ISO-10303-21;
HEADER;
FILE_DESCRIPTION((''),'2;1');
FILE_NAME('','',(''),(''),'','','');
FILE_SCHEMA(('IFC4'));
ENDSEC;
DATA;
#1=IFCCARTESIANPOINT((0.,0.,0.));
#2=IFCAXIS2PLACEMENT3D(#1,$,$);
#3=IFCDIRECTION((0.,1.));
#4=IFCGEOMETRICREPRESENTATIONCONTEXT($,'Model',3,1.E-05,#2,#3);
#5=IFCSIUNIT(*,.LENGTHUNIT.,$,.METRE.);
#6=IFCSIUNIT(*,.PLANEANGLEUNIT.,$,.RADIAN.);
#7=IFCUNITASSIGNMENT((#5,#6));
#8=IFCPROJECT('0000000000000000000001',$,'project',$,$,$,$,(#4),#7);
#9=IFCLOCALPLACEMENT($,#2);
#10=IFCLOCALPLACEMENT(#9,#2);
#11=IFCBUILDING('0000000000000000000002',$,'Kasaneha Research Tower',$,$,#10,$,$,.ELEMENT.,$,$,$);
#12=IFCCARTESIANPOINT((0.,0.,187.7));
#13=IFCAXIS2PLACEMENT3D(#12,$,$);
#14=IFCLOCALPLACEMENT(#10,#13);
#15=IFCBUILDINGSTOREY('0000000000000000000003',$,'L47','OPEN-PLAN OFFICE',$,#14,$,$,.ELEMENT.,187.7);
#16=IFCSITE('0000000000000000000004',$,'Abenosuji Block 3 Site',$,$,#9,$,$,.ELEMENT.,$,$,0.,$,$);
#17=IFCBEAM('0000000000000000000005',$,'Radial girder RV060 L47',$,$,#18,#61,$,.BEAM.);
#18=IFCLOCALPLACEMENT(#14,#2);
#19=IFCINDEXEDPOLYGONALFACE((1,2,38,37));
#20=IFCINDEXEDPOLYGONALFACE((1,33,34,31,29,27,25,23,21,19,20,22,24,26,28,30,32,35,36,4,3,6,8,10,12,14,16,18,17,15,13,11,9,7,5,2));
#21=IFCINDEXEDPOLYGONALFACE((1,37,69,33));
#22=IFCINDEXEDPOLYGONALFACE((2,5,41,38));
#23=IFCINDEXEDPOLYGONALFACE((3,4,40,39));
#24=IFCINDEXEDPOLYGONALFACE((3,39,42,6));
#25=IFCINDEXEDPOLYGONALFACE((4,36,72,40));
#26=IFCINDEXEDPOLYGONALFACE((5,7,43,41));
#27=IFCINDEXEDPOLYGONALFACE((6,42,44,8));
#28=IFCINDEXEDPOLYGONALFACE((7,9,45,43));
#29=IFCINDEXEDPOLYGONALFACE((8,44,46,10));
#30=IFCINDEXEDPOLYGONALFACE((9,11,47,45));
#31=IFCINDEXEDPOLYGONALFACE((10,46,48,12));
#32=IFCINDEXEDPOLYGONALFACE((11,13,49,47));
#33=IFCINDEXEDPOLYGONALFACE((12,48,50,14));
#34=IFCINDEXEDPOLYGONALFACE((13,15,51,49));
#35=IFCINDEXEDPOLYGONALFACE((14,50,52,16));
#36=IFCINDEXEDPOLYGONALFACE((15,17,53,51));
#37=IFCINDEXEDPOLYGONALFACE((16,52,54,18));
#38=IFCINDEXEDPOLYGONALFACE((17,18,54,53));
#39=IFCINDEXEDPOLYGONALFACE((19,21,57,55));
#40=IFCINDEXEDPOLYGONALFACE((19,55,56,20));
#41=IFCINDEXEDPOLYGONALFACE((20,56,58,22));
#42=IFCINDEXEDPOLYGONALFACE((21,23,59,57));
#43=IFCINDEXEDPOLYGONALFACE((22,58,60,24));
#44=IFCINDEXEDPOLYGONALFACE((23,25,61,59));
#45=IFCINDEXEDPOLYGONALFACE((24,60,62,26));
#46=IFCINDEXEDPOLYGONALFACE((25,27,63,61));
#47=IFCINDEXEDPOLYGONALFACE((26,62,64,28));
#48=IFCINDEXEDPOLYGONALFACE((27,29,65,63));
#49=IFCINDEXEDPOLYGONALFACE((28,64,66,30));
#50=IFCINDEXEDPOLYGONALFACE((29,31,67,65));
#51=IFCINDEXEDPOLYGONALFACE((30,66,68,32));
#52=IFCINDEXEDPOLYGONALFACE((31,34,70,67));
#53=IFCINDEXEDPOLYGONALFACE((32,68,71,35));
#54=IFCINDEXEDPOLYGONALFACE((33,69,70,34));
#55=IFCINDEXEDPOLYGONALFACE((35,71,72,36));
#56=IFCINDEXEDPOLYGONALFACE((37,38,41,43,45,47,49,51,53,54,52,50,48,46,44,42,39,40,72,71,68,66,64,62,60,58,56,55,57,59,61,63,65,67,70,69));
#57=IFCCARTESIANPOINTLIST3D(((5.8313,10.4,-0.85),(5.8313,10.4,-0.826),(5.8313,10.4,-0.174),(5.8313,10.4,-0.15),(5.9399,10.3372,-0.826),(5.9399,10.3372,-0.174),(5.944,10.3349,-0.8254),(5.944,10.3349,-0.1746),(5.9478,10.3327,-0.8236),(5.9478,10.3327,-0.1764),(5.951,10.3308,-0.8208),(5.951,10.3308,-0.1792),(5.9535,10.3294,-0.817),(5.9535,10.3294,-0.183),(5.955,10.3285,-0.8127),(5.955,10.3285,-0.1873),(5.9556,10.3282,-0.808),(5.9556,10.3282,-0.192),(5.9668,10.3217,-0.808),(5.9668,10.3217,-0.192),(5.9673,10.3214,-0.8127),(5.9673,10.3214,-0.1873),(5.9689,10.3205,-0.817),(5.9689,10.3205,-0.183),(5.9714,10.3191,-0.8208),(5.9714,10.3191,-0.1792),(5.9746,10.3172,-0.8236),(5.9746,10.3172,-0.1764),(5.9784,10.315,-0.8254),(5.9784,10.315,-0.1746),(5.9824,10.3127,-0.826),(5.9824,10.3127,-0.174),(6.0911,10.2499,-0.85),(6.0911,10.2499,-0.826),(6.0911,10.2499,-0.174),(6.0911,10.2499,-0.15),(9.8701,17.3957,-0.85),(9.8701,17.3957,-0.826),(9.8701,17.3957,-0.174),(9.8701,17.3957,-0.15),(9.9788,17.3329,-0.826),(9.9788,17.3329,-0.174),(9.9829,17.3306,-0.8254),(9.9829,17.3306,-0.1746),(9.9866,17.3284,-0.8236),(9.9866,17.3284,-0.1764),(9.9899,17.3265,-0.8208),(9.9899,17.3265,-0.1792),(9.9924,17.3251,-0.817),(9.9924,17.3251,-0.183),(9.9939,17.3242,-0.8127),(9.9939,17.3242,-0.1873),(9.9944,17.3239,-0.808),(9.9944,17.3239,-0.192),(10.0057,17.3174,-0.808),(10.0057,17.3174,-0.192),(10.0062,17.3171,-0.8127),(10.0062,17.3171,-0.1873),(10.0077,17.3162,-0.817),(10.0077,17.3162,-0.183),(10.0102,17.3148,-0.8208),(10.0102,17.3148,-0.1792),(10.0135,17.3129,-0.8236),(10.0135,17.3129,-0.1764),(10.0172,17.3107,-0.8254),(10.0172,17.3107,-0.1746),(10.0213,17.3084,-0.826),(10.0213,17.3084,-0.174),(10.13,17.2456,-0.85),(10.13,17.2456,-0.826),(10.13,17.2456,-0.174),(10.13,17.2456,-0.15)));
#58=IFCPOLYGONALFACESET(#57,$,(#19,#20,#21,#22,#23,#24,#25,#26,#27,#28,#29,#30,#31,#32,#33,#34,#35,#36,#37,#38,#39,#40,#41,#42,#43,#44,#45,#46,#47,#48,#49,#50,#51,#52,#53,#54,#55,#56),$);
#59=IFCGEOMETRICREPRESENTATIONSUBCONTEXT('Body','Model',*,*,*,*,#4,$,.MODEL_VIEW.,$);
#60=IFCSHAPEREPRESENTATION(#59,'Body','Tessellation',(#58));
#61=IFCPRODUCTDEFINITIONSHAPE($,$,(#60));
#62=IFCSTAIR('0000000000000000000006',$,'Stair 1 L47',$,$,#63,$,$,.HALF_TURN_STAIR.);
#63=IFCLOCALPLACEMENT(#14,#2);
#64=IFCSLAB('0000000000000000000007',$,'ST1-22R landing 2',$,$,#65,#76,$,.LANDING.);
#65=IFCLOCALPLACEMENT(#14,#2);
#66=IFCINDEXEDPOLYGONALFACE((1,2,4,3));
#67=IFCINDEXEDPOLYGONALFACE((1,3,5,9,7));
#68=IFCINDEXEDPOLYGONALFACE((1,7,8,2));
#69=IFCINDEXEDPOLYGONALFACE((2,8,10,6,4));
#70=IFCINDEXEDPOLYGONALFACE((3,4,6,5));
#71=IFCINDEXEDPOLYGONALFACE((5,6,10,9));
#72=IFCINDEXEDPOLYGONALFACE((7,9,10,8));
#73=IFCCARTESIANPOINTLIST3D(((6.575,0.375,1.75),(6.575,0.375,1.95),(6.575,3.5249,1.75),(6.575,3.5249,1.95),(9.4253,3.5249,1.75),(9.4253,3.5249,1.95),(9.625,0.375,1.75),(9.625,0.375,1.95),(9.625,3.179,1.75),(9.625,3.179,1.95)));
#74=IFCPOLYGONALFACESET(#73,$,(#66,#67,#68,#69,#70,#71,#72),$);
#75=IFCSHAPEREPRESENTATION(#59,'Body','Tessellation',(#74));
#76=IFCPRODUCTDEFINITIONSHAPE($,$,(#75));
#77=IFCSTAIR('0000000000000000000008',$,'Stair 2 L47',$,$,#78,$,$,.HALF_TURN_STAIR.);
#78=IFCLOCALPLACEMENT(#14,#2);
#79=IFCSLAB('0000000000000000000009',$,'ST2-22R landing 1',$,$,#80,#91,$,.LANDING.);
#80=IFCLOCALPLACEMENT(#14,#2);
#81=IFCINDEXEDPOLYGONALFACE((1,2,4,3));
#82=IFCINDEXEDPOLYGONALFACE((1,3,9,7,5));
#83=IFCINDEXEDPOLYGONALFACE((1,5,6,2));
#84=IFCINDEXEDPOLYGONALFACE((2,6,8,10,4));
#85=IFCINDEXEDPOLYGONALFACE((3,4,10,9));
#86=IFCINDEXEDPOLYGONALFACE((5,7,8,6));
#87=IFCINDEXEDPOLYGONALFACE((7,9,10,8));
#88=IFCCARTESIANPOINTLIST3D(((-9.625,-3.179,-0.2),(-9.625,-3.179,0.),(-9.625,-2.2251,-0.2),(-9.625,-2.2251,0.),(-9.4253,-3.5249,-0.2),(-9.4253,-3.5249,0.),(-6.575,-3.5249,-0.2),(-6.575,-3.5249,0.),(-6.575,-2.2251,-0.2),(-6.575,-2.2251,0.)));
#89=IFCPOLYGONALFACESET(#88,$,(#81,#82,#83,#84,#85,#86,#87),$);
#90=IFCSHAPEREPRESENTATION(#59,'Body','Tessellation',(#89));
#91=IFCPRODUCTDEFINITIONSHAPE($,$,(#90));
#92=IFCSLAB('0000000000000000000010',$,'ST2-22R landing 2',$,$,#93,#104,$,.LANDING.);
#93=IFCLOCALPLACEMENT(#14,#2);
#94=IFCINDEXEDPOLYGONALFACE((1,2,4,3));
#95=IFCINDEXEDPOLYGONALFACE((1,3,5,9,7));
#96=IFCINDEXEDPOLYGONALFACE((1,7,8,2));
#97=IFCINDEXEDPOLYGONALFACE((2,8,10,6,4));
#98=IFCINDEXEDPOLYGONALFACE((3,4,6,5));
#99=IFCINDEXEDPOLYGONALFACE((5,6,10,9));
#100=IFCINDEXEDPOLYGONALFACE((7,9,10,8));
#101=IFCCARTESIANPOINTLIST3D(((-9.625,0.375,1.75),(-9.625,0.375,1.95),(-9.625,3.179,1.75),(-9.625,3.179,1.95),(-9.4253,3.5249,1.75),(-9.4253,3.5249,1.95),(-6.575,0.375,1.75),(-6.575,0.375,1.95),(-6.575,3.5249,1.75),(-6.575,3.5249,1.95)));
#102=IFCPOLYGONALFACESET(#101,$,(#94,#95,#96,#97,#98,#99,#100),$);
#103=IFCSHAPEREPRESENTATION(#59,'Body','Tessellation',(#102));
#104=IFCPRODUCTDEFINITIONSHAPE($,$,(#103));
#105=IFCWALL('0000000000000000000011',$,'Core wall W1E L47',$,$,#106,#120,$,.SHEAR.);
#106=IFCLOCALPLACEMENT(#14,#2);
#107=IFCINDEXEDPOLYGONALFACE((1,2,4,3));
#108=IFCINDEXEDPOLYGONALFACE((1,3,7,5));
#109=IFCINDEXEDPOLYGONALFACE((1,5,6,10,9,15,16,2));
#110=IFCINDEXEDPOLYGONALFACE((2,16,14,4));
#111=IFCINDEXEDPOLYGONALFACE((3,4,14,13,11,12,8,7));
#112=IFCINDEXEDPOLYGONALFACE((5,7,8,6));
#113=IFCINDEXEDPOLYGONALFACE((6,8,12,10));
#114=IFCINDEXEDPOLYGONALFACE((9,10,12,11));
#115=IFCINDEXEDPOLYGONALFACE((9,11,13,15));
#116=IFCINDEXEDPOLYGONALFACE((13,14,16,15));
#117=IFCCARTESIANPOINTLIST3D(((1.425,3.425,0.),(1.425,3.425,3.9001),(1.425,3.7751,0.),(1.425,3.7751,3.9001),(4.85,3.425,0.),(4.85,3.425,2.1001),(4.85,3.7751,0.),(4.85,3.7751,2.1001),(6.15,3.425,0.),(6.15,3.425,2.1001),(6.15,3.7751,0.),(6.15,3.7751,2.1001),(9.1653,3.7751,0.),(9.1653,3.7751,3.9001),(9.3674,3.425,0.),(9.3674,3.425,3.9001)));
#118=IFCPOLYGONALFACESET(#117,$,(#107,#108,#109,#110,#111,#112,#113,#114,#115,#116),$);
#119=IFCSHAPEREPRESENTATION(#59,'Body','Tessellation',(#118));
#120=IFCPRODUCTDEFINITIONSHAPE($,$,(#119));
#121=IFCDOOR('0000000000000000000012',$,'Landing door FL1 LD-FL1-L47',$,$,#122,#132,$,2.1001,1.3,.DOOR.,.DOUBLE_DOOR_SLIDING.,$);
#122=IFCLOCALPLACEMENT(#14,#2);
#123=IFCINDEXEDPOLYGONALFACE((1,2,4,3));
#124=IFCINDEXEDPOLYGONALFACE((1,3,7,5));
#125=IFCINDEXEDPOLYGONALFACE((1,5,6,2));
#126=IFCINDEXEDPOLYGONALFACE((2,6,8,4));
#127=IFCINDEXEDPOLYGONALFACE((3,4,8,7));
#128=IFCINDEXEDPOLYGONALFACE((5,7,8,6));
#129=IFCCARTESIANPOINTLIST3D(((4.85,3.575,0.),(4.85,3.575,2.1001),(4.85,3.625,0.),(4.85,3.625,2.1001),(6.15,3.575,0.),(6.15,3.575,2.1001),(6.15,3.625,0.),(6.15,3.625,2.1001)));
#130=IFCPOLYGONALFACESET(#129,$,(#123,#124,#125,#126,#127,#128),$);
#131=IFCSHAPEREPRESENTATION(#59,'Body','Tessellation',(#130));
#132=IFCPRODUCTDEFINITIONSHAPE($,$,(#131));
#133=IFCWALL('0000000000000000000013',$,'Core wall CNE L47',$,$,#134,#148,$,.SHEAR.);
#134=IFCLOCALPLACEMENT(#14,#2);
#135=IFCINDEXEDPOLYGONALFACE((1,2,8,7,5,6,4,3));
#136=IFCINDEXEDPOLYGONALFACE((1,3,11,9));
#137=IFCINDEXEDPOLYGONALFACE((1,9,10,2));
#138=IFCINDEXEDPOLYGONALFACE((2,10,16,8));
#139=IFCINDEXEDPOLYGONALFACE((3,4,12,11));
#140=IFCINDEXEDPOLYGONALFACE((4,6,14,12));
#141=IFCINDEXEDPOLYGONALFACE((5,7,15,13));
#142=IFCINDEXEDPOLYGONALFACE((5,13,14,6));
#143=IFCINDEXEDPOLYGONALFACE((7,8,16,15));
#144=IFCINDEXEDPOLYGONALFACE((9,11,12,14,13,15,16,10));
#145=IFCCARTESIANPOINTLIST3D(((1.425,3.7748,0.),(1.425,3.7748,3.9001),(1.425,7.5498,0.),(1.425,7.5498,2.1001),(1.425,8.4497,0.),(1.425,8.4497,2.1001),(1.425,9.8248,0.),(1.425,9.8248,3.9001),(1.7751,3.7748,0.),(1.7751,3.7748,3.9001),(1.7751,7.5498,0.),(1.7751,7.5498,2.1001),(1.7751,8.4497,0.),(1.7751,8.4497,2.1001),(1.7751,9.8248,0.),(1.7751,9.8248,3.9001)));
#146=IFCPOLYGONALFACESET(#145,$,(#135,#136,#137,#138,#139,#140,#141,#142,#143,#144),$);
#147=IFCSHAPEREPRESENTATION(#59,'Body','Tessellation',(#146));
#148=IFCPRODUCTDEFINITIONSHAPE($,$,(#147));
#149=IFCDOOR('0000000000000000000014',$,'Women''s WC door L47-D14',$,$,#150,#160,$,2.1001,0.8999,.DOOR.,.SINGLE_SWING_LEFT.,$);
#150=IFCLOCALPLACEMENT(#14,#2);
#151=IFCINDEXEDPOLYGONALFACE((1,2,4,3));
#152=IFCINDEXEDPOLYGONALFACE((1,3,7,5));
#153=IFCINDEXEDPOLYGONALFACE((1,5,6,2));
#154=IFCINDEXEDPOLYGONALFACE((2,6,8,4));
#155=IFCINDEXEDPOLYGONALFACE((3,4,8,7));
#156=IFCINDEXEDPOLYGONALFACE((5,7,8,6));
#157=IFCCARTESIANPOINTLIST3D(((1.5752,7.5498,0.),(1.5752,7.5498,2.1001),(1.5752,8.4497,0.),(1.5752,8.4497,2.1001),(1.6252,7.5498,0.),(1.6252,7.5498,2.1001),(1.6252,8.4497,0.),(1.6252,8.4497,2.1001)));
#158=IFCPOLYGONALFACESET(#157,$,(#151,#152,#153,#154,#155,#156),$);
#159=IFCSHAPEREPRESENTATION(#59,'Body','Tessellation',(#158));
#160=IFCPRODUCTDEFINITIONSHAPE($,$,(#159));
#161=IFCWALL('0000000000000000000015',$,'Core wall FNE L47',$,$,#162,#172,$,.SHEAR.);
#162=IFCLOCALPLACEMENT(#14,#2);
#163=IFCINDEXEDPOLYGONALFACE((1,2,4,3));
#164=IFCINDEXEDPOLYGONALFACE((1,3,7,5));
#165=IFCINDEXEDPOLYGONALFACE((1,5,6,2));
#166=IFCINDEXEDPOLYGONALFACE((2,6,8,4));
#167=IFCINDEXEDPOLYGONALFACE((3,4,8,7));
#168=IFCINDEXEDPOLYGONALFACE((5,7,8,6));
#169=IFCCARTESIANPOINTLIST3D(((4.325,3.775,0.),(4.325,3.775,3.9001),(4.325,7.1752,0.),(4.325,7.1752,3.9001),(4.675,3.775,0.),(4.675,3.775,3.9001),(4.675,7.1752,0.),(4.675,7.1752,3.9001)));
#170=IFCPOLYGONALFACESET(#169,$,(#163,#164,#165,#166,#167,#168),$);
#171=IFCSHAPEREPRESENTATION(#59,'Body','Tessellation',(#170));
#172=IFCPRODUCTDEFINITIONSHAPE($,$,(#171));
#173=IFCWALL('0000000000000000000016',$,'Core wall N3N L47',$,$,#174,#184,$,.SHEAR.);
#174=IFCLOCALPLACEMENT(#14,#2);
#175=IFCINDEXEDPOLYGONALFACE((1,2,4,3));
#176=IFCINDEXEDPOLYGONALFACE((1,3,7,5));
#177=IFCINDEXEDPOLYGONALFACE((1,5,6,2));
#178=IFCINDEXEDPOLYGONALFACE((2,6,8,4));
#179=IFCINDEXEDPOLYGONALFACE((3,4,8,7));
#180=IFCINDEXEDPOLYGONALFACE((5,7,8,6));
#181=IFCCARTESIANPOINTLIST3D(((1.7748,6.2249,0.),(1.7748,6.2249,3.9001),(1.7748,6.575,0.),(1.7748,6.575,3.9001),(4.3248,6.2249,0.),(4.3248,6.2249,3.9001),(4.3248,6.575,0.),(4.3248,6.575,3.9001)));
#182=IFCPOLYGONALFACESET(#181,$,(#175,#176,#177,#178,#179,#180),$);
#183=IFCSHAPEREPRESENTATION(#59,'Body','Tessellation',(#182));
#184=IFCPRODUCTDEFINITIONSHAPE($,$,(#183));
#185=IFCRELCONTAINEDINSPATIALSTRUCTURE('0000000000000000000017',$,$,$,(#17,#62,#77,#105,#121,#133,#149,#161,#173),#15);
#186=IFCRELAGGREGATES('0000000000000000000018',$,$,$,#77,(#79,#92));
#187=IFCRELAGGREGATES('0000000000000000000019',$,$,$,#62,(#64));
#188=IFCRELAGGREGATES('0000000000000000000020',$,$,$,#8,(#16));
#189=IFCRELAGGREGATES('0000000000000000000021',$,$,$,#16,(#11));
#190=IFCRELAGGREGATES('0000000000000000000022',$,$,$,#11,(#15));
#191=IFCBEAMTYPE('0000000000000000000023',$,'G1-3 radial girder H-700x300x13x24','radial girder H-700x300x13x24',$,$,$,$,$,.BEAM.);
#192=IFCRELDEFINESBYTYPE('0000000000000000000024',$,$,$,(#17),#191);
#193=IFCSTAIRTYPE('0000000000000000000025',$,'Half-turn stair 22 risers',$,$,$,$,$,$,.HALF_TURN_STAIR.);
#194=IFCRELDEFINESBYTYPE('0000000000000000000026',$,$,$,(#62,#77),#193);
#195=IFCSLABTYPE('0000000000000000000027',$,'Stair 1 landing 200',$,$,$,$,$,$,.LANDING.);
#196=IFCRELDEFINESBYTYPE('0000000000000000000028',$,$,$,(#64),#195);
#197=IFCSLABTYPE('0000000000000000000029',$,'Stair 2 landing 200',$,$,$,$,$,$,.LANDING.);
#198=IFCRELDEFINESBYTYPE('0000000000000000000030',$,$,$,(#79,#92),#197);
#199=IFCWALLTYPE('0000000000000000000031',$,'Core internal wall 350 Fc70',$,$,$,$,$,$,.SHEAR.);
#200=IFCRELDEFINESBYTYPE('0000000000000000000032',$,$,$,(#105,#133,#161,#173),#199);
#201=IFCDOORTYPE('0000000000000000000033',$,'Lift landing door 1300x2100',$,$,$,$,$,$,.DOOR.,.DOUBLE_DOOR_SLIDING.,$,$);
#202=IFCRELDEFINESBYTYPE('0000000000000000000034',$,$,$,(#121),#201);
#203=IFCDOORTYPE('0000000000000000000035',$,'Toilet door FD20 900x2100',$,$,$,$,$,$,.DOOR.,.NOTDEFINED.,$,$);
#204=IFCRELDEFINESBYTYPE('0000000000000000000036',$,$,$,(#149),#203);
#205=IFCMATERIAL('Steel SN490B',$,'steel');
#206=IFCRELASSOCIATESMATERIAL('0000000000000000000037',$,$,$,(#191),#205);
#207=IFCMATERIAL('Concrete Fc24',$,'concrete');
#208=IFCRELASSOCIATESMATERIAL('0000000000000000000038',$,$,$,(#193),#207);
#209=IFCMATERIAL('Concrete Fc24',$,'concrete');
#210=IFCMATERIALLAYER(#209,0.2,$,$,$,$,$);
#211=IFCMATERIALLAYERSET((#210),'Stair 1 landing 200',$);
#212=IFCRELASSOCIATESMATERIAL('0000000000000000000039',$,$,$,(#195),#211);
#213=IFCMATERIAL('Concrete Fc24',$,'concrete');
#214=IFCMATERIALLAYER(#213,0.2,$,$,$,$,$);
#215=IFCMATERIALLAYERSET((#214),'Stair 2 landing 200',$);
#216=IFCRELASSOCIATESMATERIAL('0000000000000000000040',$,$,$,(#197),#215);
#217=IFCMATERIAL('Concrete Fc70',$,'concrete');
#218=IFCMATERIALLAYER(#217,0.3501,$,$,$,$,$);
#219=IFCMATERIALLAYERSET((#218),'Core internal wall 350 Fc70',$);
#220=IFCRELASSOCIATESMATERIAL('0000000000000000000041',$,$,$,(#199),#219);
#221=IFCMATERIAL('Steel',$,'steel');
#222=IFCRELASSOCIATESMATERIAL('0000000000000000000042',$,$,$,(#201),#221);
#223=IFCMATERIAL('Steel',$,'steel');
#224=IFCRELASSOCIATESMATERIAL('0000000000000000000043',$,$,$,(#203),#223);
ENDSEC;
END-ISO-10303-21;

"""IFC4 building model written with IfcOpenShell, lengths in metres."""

from ifc_helpers import new_model, si_unit, direction, frame, frame_2d, origin, origin_2d, place, context, subcontext, project, spatial, polyline, rectangle, i_section, outline, extrude, material, layer, layer_set, material_profile, profile_set, type_object, element, fill, aggregate, save


model = new_model("IFC4")

# Units and contexts
model_context = context("Model", 3, precision=1e-05, world=origin(), true_north=direction((0.0, 1.0)))
body_context = subcontext(model_context, "Body", "Model", "MODEL_VIEW")
ifc_project = project(units=[si_unit("LENGTHUNIT", "METRE"), si_unit("PLANEANGLEUNIT", "RADIAN")], contexts=[model_context])

# Site, building, storey
site_placement = place(None, origin())
site = spatial("IfcSite", under=ifc_project, at=site_placement, Name="Abenosuji Block 3 Site", CompositionType="ELEMENT", RefElevation=0.0)
building_placement = place(site_placement, origin())
building = spatial("IfcBuilding", under=site, at=building_placement, Name="Kasaneha Research Tower", CompositionType="ELEMENT")
storey_placement = place(building_placement, frame((0.0, 0.0, 187.7)))
storey = spatial("IfcBuildingStorey", under=building, at=storey_placement, Name="L47", Description="OPEN-PLAN OFFICE", CompositionType="ELEMENT", Elevation=187.7)

# Beam
ifc_material_1 = material(Name="Steel SN490B", Category="steel")
ifc_material_profile = material_profile(ifc_material_1, i_section(OverallWidth=0.3, OverallDepth=0.7, WebThickness=0.0129, FlangeThickness=0.0239, FilletRadius=0.0181, at=origin_2d()), Name="H-700x300x13x24")
ifc_profile_set = profile_set([ifc_material_profile], Name="Steel SN490B")
beam_type = type_object("IfcBeamType", Name="G1-3 radial girder H-700x300x13x24", Description="radial girder H-700x300x13x24", PredefinedType="BEAM", material=ifc_profile_set)
beam_placement = place(storey_placement, frame((5.9612, 10.325, -0.5), z_axis=(0.499991, 0.866031, 0.0), x_axis=(-0.866031, 0.499991, 0.0)))
element("IfcBeam", 1, at=beam_placement, inside=storey, type_object=beam_type, Name="Radial girder RV060 L47", PredefinedType="BEAM", context=body_context, shape_type="SweptSolid", body=[
    extrude(i_section(OverallWidth=0.3, OverallDepth=0.7, WebThickness=0.0129, FlangeThickness=0.0239, FilletRadius=0.0181, at=origin_2d()), origin(), (0.0, 0.0, 1.0), 8.0779),
])

# Stair, slab
ifc_material_2 = material(Name="Concrete Fc24", Category="concrete")
stair_type = type_object("IfcStairType", Name="Half-turn stair 22 risers", PredefinedType="HALF_TURN_STAIR", material=ifc_material_2)
stair_1_placement = place(storey_placement, origin())
stair_1 = element("IfcStair", 2, at=stair_1_placement, inside=storey, type_object=stair_type, Name="Stair 1 L47", PredefinedType="HALF_TURN_STAIR")
ifc_material_3 = material(Name="Concrete Fc24", Category="concrete")
ifc_layer_1 = layer(ifc_material_3, 0.2)
ifc_layer_set_1 = layer_set([ifc_layer_1], Name="Stair 1 landing 200")
slab_type_1 = type_object("IfcSlabType", Name="Stair 1 landing 200", PredefinedType="LANDING", material=ifc_layer_set_1)
slab_1_placement = place(storey_placement, frame((0.0, 0.0, 1.75)))
slab_1 = element("IfcSlab", 3, at=slab_1_placement, type_object=slab_type_1, Name="ST1-22R landing 2", PredefinedType="LANDING", context=body_context, shape_type="SweptSolid", body=[
    extrude(outline(polyline([(6.575, 3.5249), (9.4253, 3.5249), (9.625, 3.179), (9.625, 0.375), (6.575, 0.375), (6.575, 3.5249)])), origin(), (0.0, 0.0, 1.0), 0.2),
])

# Stair, slabs
stair_2_placement = place(storey_placement, origin())
stair_2 = element("IfcStair", 4, at=stair_2_placement, inside=storey, type_object=stair_type, Name="Stair 2 L47", PredefinedType="HALF_TURN_STAIR")
ifc_material_4 = material(Name="Concrete Fc24", Category="concrete")
ifc_layer_2 = layer(ifc_material_4, 0.2)
ifc_layer_set_2 = layer_set([ifc_layer_2], Name="Stair 2 landing 200")
slab_type_2 = type_object("IfcSlabType", Name="Stair 2 landing 200", PredefinedType="LANDING", material=ifc_layer_set_2)
slab_2_placement = place(storey_placement, frame((0.0, 0.0, -0.2)))
slab_2 = element("IfcSlab", 5, at=slab_2_placement, type_object=slab_type_2, Name="ST2-22R landing 1", PredefinedType="LANDING", context=body_context, shape_type="SweptSolid", body=[
    extrude(outline(polyline([(-6.575, -3.5249), (-9.4253, -3.5249), (-9.625, -3.179), (-9.625, -2.2251), (-6.575, -2.2251), (-6.575, -3.5249)])), origin(), (0.0, 0.0, 1.0), 0.2),
])
slab_3_placement = place(storey_placement, frame((0.0, 0.0, 1.75)))
slab_3 = element("IfcSlab", 6, at=slab_3_placement, type_object=slab_type_2, Name="ST2-22R landing 2", PredefinedType="LANDING", context=body_context, shape_type="SweptSolid", body=[
    extrude(outline(polyline([(-6.575, 0.375), (-9.625, 0.375), (-9.625, 3.179), (-9.4253, 3.5249), (-6.575, 3.5249), (-6.575, 0.375)])), origin(), (0.0, 0.0, 1.0), 0.2),
])
aggregate(stair_2, [slab_2, slab_3])

# Walls, openings, doors
ifc_material_5 = material(Name="Concrete Fc70", Category="concrete")
ifc_layer_3 = layer(ifc_material_5, 0.3501)
ifc_layer_set_3 = layer_set([ifc_layer_3], Name="Core internal wall 350 Fc70")
wall_type_1 = type_object("IfcWallType", Name="Core internal wall 350 Fc70", PredefinedType="SHEAR", material=ifc_layer_set_3)
wall_1_placement = place(storey_placement, frame((1.425, 3.6001, 0.0), z_axis=(0.0, 0.0, 1.0), x_axis=(1.0, 0.0, 0.0)))
wall_1 = element("IfcWall", 7, at=wall_1_placement, inside=storey, type_object=wall_type_1, Name="Core wall W1E L47", PredefinedType="SHEAR", context=body_context, shape_type="SweptSolid", body=[
    extrude(outline(polyline([(0.0, -0.175), (3.425, -0.175), (4.7251, -0.175), (7.9424, -0.175), (7.7402, 0.175), (4.7251, 0.175), (3.425, 0.175), (0.0, 0.175), (0.0, -0.175)])), origin(), (0.0, 0.0, 1.0), 3.9001),
])
opening_1_placement = place(wall_1_placement, frame((3.425, 0.0, 0.0)))
opening_1 = element("IfcOpeningElement", 8, at=opening_1_placement, cuts=wall_1, PredefinedType="OPENING", context=body_context, shape_type="SweptSolid", body=[
    extrude(rectangle(XDim=1.3, YDim=2.1001, at=frame_2d((0.6499, 1.05))), frame((0.0, 0.1851, 0.0), z_axis=(0.0, -1.0, 0.0), x_axis=(1.0, 0.0, 0.0)), (0.0, 0.0, 1.0), 0.3701),
])
ifc_material_6 = material(Name="Steel", Category="steel")
door_type_1 = type_object("IfcDoorType", Name="Lift landing door 1300x2100", OperationType="DOUBLE_DOOR_SLIDING", PredefinedType="DOOR", material=ifc_material_6)
door_1_placement = place(opening_1_placement, origin())
door_1 = element("IfcDoor", 9, at=door_1_placement, inside=storey, type_object=door_type_1, Name="Landing door FL1 LD-FL1-L47", OperationType="DOUBLE_DOOR_SLIDING", OverallHeight=2.1001, OverallWidth=1.3, PredefinedType="DOOR", context=body_context, shape_type="SweptSolid", body=[
    extrude(rectangle(XDim=1.3, YDim=2.1001, at=frame_2d((0.6499, 1.05))), frame((0.0, 0.0249, 0.0), z_axis=(0.0, -1.0, 0.0), x_axis=(1.0, 0.0, 0.0)), (0.0, 0.0, 1.0), 0.05),
])
fill(opening_1, door_1)
wall_2_placement = place(storey_placement, frame((1.6001, 3.7749, 0.0), z_axis=(0.0, 0.0, 1.0), x_axis=(0.0, 1.0, 0.0)))
wall_2 = element("IfcWall", 10, at=wall_2_placement, inside=storey, type_object=wall_type_1, Name="Core wall CNE L47", PredefinedType="SHEAR", context=body_context, shape_type="SweptSolid", body=[
    extrude(rectangle(XDim=6.05, YDim=0.3501, at=frame_2d((3.0249, 0.0))), origin(), (0.0, 0.0, 1.0), 3.9001),
])
opening_2_placement = place(wall_2_placement, frame((3.7749, 0.0, 0.0)))
opening_2 = element("IfcOpeningElement", 11, at=opening_2_placement, cuts=wall_2, PredefinedType="OPENING", context=body_context, shape_type="SweptSolid", body=[
    extrude(rectangle(XDim=0.8999, YDim=2.1001, at=frame_2d((0.45, 1.05))), frame((0.0, 0.1851, 0.0), z_axis=(0.0, -1.0, 0.0), x_axis=(1.0, 0.0, 0.0)), (0.0, 0.0, 1.0), 0.3701),
])
ifc_material_7 = material(Name="Steel", Category="steel")
door_type_2 = type_object("IfcDoorType", Name="Toilet door FD20 900x2100", OperationType="NOTDEFINED", PredefinedType="DOOR", material=ifc_material_7)
door_2_placement = place(opening_2_placement, origin())
door_2 = element("IfcDoor", 12, at=door_2_placement, inside=storey, type_object=door_type_2, Name="Women's WC door L47-D14", OperationType="SINGLE_SWING_LEFT", OverallHeight=2.1001, OverallWidth=0.8999, PredefinedType="DOOR", context=body_context, shape_type="SweptSolid", body=[
    extrude(rectangle(XDim=0.8999, YDim=2.1001, at=frame_2d((0.45, 1.05))), frame((0.0, 0.0249, 0.0), z_axis=(0.0, -1.0, 0.0), x_axis=(1.0, 0.0, 0.0)), (0.0, 0.0, 1.0), 0.05),
])
fill(opening_2, door_2)

# Walls
wall_3_placement = place(storey_placement, frame((4.5, 3.7749, 0.0), z_axis=(0.0, 0.0, 1.0), x_axis=(0.0, 1.0, 0.0)))
element("IfcWall", 13, at=wall_3_placement, inside=storey, type_object=wall_type_1, Name="Core wall FNE L47", PredefinedType="SHEAR", context=body_context, shape_type="SweptSolid", body=[
    extrude(rectangle(XDim=3.4001, YDim=0.3501, at=frame_2d((1.7002, 0.0))), origin(), (0.0, 0.0, 1.0), 3.9001),
])
wall_4_placement = place(storey_placement, frame((1.7749, 6.3999, 0.0), z_axis=(0.0, 0.0, 1.0), x_axis=(1.0, 0.0, 0.0)))
element("IfcWall", 14, at=wall_4_placement, inside=storey, type_object=wall_type_1, Name="Core wall N3N L47", PredefinedType="SHEAR", context=body_context, shape_type="SweptSolid", body=[
    extrude(rectangle(XDim=2.55, YDim=0.3501, at=frame_2d((1.2749, 0.0))), origin(), (0.0, 0.0, 1.0), 3.9001),
])

aggregate(stair_1, [slab_1])

save(model, "model.ifc")
